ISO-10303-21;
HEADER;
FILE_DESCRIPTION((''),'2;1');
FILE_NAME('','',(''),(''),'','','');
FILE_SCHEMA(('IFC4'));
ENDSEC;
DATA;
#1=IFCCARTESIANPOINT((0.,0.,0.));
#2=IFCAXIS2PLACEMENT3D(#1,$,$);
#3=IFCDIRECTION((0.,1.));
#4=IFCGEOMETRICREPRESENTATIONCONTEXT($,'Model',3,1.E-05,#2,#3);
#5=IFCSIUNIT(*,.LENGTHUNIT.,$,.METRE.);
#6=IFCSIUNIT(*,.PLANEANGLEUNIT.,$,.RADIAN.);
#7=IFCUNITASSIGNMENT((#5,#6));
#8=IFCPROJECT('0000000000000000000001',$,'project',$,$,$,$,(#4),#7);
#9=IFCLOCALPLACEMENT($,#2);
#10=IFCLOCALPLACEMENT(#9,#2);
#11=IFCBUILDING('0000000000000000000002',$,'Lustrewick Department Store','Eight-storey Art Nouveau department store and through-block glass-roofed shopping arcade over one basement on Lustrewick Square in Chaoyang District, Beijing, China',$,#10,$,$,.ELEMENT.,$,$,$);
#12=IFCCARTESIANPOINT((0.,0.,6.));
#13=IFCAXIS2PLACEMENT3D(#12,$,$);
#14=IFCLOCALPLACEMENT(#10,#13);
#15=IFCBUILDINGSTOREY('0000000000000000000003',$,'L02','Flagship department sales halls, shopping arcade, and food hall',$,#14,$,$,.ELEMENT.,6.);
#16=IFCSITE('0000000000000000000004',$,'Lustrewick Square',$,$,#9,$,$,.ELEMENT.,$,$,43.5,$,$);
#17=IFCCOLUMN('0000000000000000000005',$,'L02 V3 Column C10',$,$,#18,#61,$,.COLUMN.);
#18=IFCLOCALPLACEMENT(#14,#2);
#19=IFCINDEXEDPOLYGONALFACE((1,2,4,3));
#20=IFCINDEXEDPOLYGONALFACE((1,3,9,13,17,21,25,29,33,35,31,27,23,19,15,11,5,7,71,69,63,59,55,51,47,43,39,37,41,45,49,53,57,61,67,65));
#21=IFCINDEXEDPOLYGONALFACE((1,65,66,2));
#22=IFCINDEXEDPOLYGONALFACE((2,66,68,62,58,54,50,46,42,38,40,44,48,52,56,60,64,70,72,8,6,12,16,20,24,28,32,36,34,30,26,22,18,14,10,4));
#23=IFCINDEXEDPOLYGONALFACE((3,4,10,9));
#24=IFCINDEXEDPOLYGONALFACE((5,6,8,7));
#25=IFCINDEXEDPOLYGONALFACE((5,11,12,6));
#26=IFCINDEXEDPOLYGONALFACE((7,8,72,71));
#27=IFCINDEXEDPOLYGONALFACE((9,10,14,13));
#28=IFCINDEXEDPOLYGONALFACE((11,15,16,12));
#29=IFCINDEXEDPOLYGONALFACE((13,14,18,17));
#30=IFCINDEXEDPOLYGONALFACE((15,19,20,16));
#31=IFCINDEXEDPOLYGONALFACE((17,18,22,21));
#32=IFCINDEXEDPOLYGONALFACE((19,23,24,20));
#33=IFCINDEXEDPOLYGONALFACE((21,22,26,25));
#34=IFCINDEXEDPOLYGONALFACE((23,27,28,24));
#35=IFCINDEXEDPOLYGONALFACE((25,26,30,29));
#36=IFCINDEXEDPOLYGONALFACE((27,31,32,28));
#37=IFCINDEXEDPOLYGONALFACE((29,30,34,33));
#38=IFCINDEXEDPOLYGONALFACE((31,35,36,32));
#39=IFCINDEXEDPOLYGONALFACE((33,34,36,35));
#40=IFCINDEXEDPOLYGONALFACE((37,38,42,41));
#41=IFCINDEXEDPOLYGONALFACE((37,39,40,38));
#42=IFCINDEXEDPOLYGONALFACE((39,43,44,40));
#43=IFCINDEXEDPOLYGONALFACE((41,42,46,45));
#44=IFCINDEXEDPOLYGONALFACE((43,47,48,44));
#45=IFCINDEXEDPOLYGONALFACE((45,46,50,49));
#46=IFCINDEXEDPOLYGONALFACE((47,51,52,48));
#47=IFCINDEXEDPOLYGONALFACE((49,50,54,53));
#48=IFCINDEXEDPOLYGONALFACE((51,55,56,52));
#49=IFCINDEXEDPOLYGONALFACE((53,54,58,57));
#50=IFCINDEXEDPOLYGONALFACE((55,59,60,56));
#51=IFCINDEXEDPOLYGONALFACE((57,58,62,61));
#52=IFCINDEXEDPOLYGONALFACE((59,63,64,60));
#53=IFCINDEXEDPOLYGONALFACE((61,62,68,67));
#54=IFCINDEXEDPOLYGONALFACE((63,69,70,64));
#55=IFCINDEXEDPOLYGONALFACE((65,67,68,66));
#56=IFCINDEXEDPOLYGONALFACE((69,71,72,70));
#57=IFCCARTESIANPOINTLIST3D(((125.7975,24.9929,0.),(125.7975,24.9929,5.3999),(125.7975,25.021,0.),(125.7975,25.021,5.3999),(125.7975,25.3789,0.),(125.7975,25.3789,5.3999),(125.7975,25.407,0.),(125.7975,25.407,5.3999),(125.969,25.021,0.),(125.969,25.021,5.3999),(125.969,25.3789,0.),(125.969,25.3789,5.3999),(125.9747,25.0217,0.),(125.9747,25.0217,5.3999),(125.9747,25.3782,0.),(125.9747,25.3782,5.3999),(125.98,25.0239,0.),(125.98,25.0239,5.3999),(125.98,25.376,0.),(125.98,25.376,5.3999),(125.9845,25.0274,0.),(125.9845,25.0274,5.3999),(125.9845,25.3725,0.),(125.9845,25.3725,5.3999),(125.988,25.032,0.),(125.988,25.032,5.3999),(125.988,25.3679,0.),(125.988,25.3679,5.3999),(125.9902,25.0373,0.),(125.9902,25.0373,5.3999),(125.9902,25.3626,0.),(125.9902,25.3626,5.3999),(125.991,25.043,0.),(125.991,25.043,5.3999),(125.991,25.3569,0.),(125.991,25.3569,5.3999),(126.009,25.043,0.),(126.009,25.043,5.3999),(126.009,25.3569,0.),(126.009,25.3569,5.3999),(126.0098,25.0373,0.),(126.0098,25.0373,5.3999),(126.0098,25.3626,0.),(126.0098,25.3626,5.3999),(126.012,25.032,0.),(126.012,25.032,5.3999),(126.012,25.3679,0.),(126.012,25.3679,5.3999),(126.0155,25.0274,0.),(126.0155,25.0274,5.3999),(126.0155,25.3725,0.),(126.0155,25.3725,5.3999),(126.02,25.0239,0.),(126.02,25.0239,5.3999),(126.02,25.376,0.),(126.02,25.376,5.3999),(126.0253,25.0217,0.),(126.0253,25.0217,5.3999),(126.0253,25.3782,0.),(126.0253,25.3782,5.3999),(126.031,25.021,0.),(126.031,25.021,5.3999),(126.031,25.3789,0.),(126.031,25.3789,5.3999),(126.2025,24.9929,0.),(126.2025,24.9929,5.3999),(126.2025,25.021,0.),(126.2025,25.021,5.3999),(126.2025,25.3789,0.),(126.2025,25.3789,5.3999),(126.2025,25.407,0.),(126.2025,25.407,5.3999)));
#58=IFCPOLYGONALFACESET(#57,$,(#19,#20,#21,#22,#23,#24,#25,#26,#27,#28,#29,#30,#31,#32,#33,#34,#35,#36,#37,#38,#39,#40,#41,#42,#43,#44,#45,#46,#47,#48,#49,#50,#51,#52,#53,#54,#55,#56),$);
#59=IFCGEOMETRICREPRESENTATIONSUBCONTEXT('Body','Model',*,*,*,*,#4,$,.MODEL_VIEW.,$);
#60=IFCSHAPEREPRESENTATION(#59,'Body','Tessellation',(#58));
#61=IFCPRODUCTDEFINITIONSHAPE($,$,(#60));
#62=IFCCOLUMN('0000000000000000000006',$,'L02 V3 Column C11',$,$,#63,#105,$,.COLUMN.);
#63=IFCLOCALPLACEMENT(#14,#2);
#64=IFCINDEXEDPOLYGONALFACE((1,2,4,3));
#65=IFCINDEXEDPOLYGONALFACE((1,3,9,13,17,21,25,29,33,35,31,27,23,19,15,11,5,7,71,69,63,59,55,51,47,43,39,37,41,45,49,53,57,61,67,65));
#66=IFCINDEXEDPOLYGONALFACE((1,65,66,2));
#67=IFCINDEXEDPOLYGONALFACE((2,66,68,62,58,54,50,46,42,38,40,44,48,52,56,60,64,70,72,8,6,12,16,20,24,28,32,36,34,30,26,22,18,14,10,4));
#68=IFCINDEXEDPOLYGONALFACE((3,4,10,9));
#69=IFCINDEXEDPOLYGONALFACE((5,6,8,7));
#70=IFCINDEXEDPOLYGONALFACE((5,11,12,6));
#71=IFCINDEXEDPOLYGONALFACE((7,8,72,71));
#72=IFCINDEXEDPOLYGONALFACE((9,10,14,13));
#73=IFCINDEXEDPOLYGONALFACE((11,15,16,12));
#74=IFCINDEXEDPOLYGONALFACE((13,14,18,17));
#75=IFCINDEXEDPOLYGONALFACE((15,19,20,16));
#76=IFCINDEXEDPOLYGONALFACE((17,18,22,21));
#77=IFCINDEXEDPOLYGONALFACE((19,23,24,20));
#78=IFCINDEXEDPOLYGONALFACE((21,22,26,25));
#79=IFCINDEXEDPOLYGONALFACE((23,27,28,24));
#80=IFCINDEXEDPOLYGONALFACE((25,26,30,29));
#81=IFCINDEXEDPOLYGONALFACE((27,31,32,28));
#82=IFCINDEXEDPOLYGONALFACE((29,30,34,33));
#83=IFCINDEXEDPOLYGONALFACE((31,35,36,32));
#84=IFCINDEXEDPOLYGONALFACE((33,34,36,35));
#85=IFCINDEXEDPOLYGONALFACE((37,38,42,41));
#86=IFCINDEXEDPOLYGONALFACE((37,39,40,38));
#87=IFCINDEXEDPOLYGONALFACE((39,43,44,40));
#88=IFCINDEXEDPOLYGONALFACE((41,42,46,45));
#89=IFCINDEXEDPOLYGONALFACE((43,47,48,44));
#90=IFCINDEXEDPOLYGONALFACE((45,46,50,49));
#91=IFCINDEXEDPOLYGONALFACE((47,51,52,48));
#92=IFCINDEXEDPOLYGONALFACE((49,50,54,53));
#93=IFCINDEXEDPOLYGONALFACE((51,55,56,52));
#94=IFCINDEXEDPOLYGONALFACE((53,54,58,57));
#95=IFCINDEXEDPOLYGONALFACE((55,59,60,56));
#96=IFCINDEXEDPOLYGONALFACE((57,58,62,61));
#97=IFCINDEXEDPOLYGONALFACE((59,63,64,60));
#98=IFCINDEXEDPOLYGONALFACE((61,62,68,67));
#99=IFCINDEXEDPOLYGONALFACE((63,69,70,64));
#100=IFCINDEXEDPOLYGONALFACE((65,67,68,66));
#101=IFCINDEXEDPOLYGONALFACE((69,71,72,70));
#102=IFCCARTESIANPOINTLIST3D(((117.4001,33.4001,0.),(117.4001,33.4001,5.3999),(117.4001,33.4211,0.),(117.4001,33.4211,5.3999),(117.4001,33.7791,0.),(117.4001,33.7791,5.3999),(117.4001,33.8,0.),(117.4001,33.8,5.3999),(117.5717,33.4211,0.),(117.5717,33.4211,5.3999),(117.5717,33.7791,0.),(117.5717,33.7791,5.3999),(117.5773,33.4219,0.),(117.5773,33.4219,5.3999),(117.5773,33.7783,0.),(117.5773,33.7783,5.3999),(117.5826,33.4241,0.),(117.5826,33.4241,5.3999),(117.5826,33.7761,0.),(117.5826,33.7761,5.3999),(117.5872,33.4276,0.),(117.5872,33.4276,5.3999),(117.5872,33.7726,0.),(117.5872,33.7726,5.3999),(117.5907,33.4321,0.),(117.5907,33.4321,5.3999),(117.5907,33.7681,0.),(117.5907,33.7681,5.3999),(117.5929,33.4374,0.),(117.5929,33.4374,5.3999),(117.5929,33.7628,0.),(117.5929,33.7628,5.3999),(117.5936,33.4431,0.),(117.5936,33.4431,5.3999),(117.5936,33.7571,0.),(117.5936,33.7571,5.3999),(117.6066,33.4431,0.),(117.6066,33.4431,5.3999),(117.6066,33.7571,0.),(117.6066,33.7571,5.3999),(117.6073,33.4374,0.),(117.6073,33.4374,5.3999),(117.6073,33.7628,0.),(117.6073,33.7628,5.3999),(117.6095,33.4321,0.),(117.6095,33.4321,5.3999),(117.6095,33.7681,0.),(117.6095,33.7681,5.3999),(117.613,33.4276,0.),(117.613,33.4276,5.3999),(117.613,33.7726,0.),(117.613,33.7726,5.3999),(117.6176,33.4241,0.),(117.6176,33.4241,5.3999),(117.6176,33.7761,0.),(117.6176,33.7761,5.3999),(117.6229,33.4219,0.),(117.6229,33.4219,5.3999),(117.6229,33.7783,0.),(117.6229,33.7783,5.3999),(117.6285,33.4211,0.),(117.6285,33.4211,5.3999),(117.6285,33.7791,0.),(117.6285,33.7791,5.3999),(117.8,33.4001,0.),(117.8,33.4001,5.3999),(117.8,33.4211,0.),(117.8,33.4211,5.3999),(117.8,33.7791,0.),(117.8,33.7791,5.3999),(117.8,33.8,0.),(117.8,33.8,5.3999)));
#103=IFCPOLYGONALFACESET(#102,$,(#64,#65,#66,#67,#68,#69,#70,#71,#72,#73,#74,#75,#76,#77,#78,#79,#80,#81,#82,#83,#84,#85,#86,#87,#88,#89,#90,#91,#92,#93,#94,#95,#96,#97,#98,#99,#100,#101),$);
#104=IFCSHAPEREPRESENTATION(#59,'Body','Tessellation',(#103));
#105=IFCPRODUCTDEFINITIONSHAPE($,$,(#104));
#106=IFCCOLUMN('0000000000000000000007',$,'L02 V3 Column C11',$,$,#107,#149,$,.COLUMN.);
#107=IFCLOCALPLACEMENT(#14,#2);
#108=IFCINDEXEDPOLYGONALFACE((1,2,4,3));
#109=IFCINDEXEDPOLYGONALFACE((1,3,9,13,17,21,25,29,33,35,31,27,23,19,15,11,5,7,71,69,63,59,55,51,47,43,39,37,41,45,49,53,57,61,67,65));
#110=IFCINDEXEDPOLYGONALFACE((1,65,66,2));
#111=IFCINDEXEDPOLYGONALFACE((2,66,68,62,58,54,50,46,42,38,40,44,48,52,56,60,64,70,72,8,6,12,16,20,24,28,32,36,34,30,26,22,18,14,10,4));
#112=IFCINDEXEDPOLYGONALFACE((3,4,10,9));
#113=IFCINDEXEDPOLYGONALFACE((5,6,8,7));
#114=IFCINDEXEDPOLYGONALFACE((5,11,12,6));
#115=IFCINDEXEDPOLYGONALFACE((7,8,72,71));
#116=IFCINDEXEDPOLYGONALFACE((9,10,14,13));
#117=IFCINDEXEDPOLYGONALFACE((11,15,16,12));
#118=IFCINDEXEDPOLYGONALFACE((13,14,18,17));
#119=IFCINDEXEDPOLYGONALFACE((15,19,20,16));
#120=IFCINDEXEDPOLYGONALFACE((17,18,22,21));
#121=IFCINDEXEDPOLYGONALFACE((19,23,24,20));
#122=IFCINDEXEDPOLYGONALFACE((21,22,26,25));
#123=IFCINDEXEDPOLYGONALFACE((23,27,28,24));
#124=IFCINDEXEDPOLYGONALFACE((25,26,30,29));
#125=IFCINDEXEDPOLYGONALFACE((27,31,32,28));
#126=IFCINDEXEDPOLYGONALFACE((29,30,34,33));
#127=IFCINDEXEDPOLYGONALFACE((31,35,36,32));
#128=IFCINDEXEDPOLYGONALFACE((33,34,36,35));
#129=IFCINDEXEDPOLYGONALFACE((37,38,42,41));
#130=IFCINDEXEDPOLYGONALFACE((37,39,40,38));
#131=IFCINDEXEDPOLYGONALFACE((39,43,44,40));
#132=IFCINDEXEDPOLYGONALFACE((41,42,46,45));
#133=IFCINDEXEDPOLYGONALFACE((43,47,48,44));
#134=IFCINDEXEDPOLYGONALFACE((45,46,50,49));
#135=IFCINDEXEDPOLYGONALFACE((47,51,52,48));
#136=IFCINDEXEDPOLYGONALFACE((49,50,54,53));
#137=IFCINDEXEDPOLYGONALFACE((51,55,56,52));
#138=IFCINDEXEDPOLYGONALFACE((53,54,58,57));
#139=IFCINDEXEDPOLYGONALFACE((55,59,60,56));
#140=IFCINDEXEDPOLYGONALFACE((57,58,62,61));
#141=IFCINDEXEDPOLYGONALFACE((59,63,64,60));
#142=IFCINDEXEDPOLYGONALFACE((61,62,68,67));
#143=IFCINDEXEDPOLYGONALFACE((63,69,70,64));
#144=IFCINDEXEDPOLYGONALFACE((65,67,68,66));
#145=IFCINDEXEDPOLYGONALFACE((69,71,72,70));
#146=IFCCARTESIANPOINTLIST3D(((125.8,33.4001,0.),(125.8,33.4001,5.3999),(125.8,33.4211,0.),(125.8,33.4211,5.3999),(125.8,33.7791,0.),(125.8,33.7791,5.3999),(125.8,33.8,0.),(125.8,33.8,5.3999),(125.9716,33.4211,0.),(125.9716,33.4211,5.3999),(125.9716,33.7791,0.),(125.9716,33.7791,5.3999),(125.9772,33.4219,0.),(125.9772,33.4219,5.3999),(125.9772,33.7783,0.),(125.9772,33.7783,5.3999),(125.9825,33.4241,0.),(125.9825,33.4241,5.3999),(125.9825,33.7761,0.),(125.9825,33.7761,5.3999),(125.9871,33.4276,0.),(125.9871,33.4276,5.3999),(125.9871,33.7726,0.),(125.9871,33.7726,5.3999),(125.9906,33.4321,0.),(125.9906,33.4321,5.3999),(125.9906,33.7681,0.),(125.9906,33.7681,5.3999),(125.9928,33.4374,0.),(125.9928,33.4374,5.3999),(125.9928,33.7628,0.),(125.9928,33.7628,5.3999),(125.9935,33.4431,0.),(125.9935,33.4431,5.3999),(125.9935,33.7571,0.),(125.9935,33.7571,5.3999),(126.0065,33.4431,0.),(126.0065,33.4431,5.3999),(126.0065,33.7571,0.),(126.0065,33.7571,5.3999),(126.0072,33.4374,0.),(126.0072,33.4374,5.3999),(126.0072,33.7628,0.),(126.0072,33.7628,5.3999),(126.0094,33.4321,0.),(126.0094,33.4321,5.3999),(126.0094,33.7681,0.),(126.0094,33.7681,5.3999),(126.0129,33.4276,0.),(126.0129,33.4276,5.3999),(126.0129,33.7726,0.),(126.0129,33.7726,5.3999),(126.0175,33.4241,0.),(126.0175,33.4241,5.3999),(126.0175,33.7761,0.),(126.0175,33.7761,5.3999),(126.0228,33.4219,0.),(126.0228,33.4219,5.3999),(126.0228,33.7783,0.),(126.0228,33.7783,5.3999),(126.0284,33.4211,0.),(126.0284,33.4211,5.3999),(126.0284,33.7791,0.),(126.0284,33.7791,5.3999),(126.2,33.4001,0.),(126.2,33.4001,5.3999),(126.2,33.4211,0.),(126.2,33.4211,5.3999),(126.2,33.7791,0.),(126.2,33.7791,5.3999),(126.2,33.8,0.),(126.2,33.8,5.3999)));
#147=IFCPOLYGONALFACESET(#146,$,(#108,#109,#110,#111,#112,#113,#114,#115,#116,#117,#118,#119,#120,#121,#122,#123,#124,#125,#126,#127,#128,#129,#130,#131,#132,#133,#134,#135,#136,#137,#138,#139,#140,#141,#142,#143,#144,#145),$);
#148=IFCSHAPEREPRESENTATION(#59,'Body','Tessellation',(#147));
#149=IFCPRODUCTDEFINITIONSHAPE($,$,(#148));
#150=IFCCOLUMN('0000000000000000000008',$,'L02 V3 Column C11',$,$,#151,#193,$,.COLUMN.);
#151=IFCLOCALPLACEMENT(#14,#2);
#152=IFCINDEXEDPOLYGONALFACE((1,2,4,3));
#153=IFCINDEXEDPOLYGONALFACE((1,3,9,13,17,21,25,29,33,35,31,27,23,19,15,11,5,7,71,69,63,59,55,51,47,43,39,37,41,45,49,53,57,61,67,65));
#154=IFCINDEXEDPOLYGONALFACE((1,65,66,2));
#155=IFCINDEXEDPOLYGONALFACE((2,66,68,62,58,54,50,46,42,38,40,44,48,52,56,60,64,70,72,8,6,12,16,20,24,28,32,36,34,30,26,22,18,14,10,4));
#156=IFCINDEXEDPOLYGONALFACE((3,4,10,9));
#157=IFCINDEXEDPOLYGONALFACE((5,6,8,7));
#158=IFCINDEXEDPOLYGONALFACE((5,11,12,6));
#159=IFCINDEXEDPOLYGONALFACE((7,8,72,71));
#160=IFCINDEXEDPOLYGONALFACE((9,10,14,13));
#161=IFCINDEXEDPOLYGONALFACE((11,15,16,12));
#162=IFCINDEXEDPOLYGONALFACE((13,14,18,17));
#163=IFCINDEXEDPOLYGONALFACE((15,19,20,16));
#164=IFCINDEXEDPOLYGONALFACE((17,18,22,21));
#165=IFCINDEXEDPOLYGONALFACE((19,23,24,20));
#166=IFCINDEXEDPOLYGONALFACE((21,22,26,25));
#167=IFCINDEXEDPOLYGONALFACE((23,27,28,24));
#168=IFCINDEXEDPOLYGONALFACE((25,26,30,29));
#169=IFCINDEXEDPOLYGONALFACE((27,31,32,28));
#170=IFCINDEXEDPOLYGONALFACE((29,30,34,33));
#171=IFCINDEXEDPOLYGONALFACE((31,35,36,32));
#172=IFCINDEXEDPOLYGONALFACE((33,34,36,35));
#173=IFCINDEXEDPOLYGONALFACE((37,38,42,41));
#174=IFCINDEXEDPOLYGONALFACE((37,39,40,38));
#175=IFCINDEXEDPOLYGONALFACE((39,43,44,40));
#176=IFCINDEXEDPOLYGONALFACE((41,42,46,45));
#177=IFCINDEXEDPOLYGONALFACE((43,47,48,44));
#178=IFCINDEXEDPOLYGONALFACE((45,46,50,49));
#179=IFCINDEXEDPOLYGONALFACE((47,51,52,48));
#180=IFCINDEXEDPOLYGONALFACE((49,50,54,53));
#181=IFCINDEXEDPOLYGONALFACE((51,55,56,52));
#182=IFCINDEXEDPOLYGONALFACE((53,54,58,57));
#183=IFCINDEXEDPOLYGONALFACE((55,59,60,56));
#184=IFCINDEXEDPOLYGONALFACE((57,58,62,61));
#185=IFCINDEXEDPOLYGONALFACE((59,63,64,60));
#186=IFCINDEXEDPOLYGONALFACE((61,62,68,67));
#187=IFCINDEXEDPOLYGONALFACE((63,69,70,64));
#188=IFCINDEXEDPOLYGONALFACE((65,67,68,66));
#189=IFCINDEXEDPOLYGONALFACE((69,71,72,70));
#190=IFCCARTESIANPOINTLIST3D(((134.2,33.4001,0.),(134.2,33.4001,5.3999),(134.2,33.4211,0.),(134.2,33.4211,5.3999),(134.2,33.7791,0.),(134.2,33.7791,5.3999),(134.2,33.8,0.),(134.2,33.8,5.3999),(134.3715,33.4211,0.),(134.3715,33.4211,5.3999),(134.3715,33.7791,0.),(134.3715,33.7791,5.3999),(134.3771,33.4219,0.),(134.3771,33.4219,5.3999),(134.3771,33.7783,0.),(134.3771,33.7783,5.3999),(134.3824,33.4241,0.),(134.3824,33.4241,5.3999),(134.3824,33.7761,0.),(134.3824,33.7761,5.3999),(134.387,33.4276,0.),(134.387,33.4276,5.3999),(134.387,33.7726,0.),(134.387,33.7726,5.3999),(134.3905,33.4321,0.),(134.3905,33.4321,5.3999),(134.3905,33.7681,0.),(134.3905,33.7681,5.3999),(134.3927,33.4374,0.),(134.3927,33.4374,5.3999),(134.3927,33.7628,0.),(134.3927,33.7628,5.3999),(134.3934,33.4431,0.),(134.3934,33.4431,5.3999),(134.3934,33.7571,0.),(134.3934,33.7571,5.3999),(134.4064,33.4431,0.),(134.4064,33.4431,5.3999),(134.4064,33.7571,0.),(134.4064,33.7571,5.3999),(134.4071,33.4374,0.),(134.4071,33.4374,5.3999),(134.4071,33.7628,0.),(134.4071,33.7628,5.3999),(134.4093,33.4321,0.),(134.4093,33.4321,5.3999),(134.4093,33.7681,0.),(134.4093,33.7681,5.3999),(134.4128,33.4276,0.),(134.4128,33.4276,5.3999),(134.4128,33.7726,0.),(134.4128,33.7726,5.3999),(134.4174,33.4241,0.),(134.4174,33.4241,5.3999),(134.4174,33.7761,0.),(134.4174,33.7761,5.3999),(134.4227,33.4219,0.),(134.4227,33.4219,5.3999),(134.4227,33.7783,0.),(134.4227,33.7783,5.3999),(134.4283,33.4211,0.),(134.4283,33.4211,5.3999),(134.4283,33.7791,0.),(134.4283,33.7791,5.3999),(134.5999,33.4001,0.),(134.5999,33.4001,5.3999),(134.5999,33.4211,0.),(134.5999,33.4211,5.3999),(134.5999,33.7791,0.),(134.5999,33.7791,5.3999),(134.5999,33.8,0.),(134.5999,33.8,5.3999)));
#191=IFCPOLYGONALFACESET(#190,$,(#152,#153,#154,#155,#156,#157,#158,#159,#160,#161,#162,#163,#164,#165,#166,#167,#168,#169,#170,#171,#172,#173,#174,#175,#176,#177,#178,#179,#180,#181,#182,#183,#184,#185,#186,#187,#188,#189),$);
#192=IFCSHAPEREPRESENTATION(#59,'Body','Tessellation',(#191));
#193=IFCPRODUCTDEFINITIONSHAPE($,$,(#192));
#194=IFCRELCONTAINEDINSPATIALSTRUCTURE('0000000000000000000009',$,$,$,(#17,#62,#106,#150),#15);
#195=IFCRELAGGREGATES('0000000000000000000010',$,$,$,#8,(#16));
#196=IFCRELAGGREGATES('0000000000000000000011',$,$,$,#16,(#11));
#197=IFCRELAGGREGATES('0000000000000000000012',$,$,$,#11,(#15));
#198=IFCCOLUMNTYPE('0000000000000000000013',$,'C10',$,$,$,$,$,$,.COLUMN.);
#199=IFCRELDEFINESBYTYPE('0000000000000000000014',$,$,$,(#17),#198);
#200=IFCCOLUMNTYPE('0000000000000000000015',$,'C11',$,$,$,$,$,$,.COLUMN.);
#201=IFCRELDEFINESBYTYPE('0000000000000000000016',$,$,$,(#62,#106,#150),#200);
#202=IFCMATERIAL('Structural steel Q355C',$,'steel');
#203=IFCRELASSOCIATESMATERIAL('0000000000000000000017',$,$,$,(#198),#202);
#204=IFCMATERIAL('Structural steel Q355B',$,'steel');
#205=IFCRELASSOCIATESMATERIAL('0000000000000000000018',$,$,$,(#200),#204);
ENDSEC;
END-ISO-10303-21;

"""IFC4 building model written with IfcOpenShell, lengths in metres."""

from ifc_helpers import new_model, si_unit, direction, frame, origin, origin_2d, place, context, subcontext, project, spatial, i_section, extrude, material, material_profile, profile_set, type_object, element, save


model = new_model("IFC4")

# Units and contexts
model_context = context("Model", 3, precision=1e-05, world=origin(), true_north=direction((0.0, 1.0)))
body_context = subcontext(model_context, "Body", "Model", "MODEL_VIEW")
ifc_project = project(units=[si_unit("LENGTHUNIT", "METRE"), si_unit("PLANEANGLEUNIT", "RADIAN")], contexts=[model_context])

# Site, building, storey
site_placement = place(None, origin())
site = spatial("IfcSite", under=ifc_project, at=site_placement, Name="Lustrewick Square", CompositionType="ELEMENT", RefElevation=43.5)
building_placement = place(site_placement, origin())
building = spatial("IfcBuilding", under=site, at=building_placement, Name="Lustrewick Department Store", Description="Eight-storey Art Nouveau department store and through-block glass-roofed shopping arcade over one basement on Lustrewick Square in Chaoyang District, Beijing, China", CompositionType="ELEMENT")
storey_placement = place(building_placement, frame((0.0, 0.0, 6.0)))
storey = spatial("IfcBuildingStorey", under=building, at=storey_placement, Name="L02", Description="Flagship department sales halls, shopping arcade, and food hall", CompositionType="ELEMENT", Elevation=6.0)

# Columns
ifc_material_1 = material(Name="Structural steel Q355C", Category="steel")
ifc_material_profile_1 = material_profile(ifc_material_1, i_section(OverallWidth=0.405, OverallDepth=0.4141, WebThickness=0.0181, FlangeThickness=0.0281, FilletRadius=0.022, at=origin_2d()), Name="HW 414x405x18x28")
ifc_profile_set_1 = profile_set([ifc_material_profile_1], Name="Structural steel Q355C")
column_type_1 = type_object("IfcColumnType", Name="C10", PredefinedType="COLUMN", material=ifc_profile_set_1)
column_1_placement = place(storey_placement, frame((126.0, 25.2, 0.0), z_axis=(0.0, 0.0, 1.0), x_axis=(1.0, 0.0, 0.0)))
element("IfcColumn", 1, at=column_1_placement, inside=storey, type_object=column_type_1, Name="L02 V3 Column C10", PredefinedType="COLUMN", context=body_context, shape_type="SweptSolid", body=[
    extrude(i_section(OverallWidth=0.405, OverallDepth=0.4141, WebThickness=0.0181, FlangeThickness=0.0281, FilletRadius=0.022, at=origin_2d()), origin(), (0.0, 0.0, 1.0), 5.3999),
])
ifc_material_2 = material(Name="Structural steel Q355B", Category="steel")
ifc_material_profile_2 = material_profile(ifc_material_2, i_section(OverallWidth=0.3999, OverallDepth=0.3999, WebThickness=0.0129, FlangeThickness=0.021, FilletRadius=0.022, at=origin_2d()), Name="HW 400x400x13x21")
ifc_profile_set_2 = profile_set([ifc_material_profile_2], Name="Structural steel Q355B")
column_type_2 = type_object("IfcColumnType", Name="C11", PredefinedType="COLUMN", material=ifc_profile_set_2)
for number, where, z_axis, x_axis, name in (
    (2, (117.6001, 33.6001, 0.0), (0.0, 0.0, 1.0), (1.0, 0.0, 0.0), "L02 V3 Column C11"),
    (3, (126.0, 33.6001, 0.0), (0.0, 0.0, 1.0), (1.0, 0.0, 0.0), "L02 V3 Column C11"),
    (4, (134.3999, 33.6001, 0.0), (0.0, 0.0, 1.0), (1.0, 0.0, 0.0), "L02 V3 Column C11"),
):
    element("IfcColumn", number, at=place(storey_placement, frame(where, z_axis=z_axis, x_axis=x_axis)), inside=storey, type_object=column_type_2, Name=name, PredefinedType="COLUMN", context=body_context, shape_type="SweptSolid", body=[
        extrude(i_section(OverallWidth=0.3999, OverallDepth=0.3999, WebThickness=0.0129, FlangeThickness=0.021, FilletRadius=0.022, at=origin_2d()), origin(), (0.0, 0.0, 1.0), 5.3999),
    ])

save(model, "model.ifc")
